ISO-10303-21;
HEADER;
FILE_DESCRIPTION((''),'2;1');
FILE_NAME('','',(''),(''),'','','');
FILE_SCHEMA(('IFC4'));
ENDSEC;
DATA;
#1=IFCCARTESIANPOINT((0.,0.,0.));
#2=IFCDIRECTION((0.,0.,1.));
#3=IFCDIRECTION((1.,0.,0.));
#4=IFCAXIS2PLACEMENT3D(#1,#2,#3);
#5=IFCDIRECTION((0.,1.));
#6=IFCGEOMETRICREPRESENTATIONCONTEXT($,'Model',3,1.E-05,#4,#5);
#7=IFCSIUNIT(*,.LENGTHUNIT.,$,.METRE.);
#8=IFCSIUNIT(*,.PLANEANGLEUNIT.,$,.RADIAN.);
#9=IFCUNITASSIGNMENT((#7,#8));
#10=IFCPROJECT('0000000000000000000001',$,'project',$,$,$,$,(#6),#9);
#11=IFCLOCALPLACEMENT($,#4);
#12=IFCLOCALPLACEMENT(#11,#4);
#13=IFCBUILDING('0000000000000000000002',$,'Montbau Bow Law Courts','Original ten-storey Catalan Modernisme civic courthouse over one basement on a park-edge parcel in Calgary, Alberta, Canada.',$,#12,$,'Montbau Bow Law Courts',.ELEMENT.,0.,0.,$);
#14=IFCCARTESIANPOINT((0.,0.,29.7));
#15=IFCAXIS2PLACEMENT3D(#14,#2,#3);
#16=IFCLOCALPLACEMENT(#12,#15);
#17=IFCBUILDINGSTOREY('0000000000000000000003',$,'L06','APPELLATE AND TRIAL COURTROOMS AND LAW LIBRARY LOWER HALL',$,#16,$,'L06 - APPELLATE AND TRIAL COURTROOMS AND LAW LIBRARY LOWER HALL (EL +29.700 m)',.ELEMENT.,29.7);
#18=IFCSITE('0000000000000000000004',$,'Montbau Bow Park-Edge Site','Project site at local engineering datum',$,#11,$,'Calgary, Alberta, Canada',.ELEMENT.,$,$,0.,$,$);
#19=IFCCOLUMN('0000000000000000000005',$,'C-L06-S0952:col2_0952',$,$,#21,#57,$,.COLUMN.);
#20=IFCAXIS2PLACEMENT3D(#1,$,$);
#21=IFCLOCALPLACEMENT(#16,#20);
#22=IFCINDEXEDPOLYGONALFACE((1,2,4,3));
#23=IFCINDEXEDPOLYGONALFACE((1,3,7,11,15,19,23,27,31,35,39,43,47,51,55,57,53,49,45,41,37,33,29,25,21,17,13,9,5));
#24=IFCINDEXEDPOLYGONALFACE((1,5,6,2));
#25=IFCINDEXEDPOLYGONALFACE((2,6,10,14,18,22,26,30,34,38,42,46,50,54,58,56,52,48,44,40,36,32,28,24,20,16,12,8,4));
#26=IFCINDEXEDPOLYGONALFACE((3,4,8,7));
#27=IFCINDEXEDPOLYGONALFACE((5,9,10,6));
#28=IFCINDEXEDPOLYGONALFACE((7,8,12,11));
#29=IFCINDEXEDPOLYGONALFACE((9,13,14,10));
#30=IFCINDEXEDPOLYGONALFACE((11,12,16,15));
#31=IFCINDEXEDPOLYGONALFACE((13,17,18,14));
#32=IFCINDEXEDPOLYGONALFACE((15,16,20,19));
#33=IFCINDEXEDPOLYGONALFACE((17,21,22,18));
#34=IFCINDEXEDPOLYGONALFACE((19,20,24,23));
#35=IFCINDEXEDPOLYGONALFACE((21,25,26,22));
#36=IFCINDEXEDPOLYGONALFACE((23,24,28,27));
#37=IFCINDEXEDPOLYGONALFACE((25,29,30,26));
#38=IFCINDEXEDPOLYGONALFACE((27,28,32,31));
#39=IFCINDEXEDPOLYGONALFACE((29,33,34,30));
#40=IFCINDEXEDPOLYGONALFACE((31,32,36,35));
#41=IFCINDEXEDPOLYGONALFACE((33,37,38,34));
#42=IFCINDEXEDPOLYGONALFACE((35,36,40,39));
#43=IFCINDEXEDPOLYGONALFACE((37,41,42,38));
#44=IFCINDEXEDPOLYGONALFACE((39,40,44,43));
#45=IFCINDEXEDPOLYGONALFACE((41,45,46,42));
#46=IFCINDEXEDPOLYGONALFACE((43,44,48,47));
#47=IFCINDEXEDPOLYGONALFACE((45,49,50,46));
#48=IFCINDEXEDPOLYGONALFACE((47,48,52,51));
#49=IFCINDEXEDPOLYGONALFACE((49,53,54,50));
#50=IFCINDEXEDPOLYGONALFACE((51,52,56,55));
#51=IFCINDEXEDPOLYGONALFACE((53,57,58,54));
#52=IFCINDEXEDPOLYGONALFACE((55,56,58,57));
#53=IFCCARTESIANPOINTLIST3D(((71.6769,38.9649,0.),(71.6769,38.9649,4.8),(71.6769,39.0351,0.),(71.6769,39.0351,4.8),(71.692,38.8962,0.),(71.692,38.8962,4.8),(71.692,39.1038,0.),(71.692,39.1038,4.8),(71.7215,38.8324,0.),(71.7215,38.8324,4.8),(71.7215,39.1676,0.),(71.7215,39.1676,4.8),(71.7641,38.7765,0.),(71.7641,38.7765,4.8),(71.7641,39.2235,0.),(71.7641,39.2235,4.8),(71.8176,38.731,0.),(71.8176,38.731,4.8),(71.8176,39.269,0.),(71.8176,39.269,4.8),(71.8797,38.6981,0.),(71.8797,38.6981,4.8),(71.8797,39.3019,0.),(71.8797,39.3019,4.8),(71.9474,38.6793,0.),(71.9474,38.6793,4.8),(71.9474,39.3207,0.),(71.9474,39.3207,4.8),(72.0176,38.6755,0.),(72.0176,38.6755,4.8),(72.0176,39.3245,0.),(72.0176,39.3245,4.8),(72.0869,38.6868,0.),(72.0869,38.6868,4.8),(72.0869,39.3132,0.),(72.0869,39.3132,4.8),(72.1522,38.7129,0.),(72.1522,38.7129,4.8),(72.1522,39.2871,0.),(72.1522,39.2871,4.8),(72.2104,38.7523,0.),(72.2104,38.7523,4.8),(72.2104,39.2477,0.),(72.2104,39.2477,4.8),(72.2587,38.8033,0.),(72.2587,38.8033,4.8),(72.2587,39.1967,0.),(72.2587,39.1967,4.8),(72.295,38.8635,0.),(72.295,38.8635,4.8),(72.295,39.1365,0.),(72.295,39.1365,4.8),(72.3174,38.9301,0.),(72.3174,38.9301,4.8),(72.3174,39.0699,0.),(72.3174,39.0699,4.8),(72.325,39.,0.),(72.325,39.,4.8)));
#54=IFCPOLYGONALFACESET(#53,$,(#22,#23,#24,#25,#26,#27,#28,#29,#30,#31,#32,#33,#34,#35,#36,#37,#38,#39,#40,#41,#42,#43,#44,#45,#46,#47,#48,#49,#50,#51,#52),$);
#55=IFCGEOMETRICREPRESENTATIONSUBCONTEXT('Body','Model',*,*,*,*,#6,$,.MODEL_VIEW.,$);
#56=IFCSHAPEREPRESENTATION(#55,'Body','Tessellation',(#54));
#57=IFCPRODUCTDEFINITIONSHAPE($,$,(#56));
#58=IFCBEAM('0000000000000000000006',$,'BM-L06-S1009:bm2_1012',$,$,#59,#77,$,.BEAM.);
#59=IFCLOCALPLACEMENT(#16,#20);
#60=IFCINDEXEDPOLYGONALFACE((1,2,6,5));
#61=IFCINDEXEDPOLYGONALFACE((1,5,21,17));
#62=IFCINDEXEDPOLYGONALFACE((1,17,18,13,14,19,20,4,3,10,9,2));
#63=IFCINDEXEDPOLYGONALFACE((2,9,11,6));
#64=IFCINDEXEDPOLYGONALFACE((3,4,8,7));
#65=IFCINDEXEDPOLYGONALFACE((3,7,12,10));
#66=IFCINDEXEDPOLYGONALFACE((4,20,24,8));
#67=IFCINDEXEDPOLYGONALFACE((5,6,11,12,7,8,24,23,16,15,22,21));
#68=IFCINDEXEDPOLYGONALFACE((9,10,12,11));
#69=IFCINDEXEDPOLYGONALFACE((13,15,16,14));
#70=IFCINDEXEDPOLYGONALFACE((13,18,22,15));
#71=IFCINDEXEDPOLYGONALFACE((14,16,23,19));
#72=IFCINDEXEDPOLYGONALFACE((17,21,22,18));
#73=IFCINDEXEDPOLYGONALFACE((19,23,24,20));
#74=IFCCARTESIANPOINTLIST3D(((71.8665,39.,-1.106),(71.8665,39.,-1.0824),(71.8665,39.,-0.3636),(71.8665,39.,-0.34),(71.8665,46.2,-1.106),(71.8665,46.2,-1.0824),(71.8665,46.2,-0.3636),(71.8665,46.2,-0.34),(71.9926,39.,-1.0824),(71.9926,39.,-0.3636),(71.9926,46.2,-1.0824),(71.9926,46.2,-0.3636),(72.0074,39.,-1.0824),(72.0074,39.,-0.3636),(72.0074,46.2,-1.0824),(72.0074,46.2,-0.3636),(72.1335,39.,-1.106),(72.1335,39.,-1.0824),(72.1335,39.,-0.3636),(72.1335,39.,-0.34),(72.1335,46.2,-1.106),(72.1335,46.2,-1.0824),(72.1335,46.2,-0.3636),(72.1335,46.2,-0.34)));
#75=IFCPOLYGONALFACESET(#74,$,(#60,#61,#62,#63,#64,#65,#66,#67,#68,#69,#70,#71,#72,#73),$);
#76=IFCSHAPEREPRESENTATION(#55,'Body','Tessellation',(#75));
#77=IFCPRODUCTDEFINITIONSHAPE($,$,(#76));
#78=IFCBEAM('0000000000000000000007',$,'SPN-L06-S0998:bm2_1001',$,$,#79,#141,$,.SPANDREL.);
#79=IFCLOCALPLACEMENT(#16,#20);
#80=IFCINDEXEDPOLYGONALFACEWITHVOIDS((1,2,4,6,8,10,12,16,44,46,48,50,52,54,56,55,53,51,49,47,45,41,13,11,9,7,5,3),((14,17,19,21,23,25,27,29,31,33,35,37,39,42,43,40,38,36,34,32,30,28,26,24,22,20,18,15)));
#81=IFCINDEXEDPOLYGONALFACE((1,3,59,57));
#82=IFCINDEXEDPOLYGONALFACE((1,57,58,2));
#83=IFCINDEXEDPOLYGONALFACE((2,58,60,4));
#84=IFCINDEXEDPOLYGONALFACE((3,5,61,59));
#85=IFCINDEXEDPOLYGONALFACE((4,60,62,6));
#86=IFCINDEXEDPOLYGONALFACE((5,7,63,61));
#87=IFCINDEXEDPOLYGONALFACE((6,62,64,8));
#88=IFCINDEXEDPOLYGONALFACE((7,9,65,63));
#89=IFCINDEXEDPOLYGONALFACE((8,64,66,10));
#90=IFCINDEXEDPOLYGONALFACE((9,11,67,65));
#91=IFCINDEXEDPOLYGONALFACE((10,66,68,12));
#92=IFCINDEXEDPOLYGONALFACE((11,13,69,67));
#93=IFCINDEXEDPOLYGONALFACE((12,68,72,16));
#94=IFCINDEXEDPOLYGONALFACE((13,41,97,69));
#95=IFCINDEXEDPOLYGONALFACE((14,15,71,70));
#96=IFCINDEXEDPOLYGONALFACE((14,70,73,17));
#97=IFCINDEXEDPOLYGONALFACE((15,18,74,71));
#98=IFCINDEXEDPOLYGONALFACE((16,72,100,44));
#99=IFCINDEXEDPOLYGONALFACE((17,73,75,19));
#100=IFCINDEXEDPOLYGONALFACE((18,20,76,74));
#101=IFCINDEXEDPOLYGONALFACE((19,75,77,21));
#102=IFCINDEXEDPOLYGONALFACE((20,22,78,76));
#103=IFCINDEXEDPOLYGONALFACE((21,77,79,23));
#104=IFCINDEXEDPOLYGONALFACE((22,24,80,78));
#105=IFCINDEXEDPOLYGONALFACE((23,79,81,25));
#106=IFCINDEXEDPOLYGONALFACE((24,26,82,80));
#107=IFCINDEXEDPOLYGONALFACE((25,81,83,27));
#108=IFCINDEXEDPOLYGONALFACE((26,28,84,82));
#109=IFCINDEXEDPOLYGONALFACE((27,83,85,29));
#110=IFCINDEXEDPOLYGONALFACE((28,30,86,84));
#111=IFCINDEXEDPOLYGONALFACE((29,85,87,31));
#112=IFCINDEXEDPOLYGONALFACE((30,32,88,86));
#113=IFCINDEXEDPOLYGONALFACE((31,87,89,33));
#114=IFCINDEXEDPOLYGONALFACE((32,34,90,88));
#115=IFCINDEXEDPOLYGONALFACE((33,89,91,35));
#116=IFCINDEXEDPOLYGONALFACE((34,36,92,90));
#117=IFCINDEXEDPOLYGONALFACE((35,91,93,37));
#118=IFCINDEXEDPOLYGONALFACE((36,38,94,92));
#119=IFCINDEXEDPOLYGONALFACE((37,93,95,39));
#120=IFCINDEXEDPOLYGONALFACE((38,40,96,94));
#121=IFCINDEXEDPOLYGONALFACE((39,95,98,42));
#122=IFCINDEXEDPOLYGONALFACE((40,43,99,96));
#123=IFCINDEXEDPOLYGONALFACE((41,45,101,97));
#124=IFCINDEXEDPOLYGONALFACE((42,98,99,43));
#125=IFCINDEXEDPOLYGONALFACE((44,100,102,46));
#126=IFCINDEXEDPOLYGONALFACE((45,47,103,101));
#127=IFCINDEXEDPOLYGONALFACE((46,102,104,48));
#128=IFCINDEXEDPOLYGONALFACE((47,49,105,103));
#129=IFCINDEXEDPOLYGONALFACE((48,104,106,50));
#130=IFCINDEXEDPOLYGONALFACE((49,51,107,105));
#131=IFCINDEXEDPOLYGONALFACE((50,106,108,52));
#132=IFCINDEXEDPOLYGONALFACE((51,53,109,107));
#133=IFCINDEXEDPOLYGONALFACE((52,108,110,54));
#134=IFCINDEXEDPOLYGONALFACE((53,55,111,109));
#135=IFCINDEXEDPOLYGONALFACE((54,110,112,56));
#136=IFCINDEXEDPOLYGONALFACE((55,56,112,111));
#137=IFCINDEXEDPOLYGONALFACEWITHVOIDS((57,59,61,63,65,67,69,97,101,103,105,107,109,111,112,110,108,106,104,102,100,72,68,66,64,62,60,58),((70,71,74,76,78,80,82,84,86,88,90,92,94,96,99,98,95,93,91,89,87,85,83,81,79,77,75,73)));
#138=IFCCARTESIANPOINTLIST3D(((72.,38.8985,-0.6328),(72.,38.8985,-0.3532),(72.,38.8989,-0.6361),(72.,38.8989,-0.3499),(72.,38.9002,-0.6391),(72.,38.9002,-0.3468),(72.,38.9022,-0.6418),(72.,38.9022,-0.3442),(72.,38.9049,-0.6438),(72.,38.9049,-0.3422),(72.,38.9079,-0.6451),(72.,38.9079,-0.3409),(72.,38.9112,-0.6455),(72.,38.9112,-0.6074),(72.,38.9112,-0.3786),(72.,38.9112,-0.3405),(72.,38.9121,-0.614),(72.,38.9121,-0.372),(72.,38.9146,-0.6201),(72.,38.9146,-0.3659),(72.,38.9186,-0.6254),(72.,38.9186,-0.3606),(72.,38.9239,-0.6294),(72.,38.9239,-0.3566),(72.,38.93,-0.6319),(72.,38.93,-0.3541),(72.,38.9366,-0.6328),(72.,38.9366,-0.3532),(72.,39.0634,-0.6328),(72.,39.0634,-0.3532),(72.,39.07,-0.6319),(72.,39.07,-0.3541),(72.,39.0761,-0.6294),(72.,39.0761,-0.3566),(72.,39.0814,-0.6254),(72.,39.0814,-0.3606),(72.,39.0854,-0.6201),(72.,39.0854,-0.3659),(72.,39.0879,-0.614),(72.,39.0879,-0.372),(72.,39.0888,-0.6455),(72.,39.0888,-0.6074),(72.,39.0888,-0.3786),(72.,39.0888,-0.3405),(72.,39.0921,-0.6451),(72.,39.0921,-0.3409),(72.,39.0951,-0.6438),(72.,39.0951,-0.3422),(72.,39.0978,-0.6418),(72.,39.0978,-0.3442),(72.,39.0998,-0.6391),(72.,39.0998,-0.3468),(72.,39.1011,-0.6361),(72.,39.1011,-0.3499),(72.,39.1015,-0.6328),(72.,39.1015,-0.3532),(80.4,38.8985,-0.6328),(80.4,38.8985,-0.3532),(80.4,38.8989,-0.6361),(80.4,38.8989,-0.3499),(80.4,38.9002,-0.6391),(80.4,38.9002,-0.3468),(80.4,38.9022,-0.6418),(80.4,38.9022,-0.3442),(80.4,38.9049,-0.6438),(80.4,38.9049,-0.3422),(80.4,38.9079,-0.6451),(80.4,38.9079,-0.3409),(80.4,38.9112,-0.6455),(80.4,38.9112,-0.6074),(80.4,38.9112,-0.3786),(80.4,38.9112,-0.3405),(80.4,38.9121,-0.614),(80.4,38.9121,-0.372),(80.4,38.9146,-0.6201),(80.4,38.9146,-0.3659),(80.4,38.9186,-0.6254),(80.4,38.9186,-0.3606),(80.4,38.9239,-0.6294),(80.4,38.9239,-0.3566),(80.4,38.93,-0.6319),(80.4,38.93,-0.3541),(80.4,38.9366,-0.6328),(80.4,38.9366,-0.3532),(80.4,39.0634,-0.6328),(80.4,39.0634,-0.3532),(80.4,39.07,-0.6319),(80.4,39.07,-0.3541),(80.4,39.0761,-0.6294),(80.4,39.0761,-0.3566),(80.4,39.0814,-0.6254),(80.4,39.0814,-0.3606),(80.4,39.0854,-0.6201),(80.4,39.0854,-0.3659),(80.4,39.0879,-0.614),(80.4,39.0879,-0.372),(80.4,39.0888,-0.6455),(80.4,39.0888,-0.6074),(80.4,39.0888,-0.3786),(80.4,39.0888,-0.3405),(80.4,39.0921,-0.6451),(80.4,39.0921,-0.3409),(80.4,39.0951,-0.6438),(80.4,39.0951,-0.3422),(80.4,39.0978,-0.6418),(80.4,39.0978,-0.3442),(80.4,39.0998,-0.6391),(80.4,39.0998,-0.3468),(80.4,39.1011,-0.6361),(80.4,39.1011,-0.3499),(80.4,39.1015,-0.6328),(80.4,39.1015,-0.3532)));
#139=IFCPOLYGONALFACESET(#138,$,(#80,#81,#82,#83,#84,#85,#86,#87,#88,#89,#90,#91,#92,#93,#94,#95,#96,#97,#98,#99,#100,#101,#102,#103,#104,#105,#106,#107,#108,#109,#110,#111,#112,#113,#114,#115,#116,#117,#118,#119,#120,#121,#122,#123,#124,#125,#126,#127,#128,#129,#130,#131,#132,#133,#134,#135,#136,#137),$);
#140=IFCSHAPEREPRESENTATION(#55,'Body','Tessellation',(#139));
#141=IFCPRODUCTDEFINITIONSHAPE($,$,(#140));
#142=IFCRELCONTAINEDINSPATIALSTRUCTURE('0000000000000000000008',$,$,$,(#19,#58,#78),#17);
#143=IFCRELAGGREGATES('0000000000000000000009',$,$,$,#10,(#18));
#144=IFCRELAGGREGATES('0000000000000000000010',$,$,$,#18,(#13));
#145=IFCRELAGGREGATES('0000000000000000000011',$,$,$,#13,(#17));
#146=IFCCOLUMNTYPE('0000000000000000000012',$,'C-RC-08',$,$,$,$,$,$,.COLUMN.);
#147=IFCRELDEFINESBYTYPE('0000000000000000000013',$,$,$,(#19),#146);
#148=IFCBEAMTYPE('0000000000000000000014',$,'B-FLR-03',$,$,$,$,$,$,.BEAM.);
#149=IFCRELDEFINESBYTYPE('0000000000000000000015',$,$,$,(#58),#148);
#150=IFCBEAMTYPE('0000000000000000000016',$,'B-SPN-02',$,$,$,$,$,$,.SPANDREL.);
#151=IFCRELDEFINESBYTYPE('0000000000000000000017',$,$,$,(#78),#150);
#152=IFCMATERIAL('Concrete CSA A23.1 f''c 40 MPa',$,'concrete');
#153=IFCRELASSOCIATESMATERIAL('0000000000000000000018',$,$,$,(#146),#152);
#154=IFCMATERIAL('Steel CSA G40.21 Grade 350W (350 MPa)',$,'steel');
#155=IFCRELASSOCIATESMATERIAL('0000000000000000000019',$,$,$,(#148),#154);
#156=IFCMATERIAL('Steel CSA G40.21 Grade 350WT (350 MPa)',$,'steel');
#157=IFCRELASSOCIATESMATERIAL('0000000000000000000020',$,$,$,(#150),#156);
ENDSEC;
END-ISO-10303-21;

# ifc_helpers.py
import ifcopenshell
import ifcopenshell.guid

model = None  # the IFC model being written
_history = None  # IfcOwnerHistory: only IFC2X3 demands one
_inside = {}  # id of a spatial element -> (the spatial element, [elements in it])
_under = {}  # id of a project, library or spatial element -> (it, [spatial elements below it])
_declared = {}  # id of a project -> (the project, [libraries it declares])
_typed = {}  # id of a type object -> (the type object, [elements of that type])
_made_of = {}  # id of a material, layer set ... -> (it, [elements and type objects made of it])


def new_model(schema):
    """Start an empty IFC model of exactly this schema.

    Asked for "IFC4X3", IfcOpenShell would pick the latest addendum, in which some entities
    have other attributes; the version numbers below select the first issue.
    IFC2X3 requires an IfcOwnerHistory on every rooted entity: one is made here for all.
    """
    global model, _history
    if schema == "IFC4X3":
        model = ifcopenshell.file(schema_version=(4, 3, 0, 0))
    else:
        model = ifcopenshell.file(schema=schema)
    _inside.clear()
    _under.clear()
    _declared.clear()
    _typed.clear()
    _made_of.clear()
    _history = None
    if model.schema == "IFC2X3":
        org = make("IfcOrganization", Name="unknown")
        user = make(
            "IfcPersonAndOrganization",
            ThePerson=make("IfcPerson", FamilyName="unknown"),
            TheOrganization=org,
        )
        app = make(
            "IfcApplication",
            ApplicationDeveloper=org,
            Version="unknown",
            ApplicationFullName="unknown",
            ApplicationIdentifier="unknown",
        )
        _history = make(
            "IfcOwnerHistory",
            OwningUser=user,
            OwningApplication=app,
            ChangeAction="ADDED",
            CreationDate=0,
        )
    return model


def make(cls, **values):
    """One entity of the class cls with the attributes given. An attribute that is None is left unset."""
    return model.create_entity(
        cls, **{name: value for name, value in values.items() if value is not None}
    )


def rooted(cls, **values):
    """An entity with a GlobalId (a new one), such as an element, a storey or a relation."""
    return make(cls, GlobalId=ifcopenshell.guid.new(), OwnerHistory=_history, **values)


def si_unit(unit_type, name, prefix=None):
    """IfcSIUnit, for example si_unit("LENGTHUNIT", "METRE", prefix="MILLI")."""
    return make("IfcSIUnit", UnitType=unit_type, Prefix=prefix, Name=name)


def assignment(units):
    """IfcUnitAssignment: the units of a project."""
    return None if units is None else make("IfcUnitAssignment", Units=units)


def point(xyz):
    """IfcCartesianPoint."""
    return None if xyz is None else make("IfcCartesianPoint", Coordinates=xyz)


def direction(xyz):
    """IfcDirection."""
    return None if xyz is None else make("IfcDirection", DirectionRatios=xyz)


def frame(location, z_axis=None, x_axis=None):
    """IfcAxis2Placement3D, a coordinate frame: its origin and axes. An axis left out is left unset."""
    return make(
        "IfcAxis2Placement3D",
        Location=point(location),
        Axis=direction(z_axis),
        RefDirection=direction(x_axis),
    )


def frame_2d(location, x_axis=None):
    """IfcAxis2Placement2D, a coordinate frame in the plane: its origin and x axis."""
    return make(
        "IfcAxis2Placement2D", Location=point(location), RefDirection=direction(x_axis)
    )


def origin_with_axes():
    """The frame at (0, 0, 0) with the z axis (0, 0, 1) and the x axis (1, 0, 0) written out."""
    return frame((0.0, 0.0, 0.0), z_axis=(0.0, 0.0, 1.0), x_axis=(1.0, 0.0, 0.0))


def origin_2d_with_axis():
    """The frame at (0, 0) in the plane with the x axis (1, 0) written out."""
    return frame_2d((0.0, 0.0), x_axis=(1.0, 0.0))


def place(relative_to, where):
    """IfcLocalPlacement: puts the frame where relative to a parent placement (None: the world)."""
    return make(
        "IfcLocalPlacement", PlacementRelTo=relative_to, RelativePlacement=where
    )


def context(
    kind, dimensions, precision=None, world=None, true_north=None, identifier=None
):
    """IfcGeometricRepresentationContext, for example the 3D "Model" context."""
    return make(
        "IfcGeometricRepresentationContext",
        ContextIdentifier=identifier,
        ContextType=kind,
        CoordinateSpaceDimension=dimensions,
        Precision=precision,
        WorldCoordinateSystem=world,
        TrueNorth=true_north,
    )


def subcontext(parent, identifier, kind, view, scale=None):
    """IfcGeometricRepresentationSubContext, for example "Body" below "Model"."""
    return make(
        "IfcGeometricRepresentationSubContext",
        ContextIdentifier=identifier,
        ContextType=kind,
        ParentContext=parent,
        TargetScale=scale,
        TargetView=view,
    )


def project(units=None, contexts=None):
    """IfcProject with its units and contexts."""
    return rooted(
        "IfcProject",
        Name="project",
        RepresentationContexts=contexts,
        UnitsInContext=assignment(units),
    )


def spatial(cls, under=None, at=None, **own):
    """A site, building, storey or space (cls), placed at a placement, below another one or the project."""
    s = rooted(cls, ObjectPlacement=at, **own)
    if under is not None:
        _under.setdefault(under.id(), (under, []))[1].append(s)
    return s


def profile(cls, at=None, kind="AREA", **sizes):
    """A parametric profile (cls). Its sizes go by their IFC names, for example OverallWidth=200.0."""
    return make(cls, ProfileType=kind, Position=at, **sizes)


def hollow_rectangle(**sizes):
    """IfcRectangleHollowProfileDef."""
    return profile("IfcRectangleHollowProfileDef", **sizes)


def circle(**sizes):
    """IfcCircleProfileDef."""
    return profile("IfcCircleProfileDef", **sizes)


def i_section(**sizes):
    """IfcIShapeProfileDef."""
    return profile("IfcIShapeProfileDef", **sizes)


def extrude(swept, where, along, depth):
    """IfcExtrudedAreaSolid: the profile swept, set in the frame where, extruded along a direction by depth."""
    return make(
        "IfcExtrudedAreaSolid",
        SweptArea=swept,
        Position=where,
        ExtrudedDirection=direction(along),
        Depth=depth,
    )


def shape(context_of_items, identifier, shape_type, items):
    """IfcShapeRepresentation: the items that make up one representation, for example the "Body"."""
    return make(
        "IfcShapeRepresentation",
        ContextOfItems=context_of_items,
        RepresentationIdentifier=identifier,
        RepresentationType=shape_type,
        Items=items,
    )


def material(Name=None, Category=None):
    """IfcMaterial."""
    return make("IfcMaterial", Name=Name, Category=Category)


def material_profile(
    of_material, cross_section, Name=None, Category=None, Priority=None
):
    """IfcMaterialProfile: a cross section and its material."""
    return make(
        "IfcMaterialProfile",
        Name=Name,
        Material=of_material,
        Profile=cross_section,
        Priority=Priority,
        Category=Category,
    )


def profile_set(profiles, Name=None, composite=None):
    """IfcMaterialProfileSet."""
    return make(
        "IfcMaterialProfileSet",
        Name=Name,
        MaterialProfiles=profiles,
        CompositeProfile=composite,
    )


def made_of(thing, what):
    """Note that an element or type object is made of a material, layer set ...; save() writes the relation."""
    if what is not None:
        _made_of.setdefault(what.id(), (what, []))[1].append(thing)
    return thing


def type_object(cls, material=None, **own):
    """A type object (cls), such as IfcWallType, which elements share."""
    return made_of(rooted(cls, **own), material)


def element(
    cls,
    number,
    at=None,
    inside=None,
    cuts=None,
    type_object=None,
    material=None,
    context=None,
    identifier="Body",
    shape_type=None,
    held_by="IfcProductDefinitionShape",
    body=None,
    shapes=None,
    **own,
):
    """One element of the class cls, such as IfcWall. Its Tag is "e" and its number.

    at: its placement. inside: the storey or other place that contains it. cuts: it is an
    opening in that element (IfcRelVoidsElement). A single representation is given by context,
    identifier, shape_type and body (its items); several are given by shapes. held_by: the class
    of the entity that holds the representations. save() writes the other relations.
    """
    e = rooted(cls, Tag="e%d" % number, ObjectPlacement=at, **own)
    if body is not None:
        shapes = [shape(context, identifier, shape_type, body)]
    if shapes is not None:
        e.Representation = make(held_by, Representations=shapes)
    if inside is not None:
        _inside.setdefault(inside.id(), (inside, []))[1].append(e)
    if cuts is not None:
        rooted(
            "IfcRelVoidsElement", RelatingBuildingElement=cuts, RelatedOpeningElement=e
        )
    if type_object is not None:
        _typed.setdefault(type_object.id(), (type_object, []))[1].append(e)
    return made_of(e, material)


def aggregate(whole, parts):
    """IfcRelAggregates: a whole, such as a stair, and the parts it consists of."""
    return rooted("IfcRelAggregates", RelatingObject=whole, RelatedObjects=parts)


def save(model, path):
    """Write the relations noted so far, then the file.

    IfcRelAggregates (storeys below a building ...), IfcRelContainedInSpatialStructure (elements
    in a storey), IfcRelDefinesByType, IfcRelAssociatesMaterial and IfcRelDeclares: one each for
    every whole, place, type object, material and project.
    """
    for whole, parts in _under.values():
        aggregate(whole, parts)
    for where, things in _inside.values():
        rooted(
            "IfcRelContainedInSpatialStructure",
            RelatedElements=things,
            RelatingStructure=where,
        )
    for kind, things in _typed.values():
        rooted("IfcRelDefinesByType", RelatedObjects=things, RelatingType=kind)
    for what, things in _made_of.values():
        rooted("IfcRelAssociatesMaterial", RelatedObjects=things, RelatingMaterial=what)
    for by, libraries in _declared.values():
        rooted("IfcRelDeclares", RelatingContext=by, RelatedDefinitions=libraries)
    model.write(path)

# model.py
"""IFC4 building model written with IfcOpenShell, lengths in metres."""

from ifc_helpers import new_model, si_unit, direction, frame, origin_with_axes, origin_2d_with_axis, place, context, subcontext, project, spatial, hollow_rectangle, circle, i_section, extrude, material, material_profile, profile_set, type_object, element, save


model = new_model("IFC4")

# Units and contexts
model_context = context("Model", 3, precision=1e-05, world=origin_with_axes(), true_north=direction((0.0, 1.0)))
body_context = subcontext(model_context, "Body", "Model", "MODEL_VIEW")
ifc_project = project(units=[si_unit("LENGTHUNIT", "METRE"), si_unit("PLANEANGLEUNIT", "RADIAN")], contexts=[model_context])

# Site, building, storey
site_placement = place(None, origin_with_axes())
site = spatial("IfcSite", under=ifc_project, at=site_placement, Name="Montbau Bow Park-Edge Site", Description="Project site at local engineering datum", LongName="Calgary, Alberta, Canada", CompositionType="ELEMENT", RefElevation=0.0)
building_placement = place(site_placement, origin_with_axes())
building = spatial("IfcBuilding", under=site, at=building_placement, Name="Montbau Bow Law Courts", Description="Original ten-storey Catalan Modernisme civic courthouse over one basement on a park-edge parcel in Calgary, Alberta, Canada.", LongName="Montbau Bow Law Courts", CompositionType="ELEMENT", ElevationOfRefHeight=0.0, ElevationOfTerrain=0.0)
storey_placement = place(building_placement, frame((0.0, 0.0, 29.7), z_axis=(0.0, 0.0, 1.0), x_axis=(1.0, 0.0, 0.0)))
storey = spatial("IfcBuildingStorey", under=building, at=storey_placement, Name="L06", Description="APPELLATE AND TRIAL COURTROOMS AND LAW LIBRARY LOWER HALL", LongName="L06 - APPELLATE AND TRIAL COURTROOMS AND LAW LIBRARY LOWER HALL (EL +29.700 m)", CompositionType="ELEMENT", Elevation=29.7)

# Column
ifc_material_1 = material(Name="Concrete CSA A23.1 f'c 40 MPa", Category="concrete")
ifc_material_profile_1 = material_profile(ifc_material_1, circle(Radius=0.325, at=origin_2d_with_axis()), Name="RC650D", Category="Main", Priority=0)
ifc_profile_set_1 = profile_set([ifc_material_profile_1], Name="Concrete CSA A23.1 f'c 40 MPa")
column_type = type_object("IfcColumnType", Name="C-RC-08", PredefinedType="COLUMN", material=ifc_profile_set_1)
column_placement = place(None, frame((72.0, 39.0, 29.7), z_axis=(0.0, 0.0, 1.0), x_axis=(1.0, 0.0, 0.0)))
element("IfcColumn", 1, at=column_placement, inside=storey, type_object=column_type, Name="C-L06-S0952:col2_0952", PredefinedType="COLUMN", context=body_context, shape_type="SweptSolid", body=[
    extrude(circle(Radius=0.325, at=origin_2d_with_axis()), origin_with_axes(), (0.0, 0.0, 1.0), 4.8),
])

# Beams
ifc_material_2 = material(Name="Steel CSA G40.21 Grade 350W (350 MPa)", Category="steel")
ifc_material_profile_2 = material_profile(ifc_material_2, i_section(OverallWidth=0.267, OverallDepth=0.766, WebThickness=0.0149, FlangeThickness=0.0236, at=origin_2d_with_axis()), Name="W760X185", Category="Main", Priority=0)
ifc_profile_set_2 = profile_set([ifc_material_profile_2], Name="Steel CSA G40.21 Grade 350W (350 MPa)")
beam_type_1 = type_object("IfcBeamType", Name="B-FLR-03", PredefinedType="BEAM", material=ifc_profile_set_2)
beam_1_placement = place(None, frame((72.0, 39.0, 28.977), z_axis=(0.0, 1.0, 0.0), x_axis=(-1.0, 0.0, 0.0)))
element("IfcBeam", 2, at=beam_1_placement, inside=storey, type_object=beam_type_1, Name="BM-L06-S1009:bm2_1012", PredefinedType="BEAM", context=body_context, shape_type="SweptSolid", body=[
    extrude(i_section(OverallWidth=0.267, OverallDepth=0.766, WebThickness=0.0149, FlangeThickness=0.0236, at=origin_2d_with_axis()), origin_with_axes(), (0.0, 0.0, 1.0), 7.2),
])
ifc_material_3 = material(Name="Steel CSA G40.21 Grade 350WT (350 MPa)", Category="steel")
ifc_material_profile_3 = material_profile(ifc_material_3, hollow_rectangle(XDim=0.203, YDim=0.305, WallThickness=0.0127, InnerFilletRadius=0.0254, OuterFilletRadius=0.0127, at=origin_2d_with_axis()), Name="HSS305X203X13", Category="Main", Priority=0)
ifc_profile_set_3 = profile_set([ifc_material_profile_3], Name="Steel CSA G40.21 Grade 350WT (350 MPa)")
beam_type_2 = type_object("IfcBeamType", Name="B-SPN-02", PredefinedType="SPANDREL", material=ifc_profile_set_3)
beam_2_placement = place(None, frame((72.0, 39.0, 29.207), z_axis=(1.0, 0.0, 0.0), x_axis=(0.0, 1.0, 0.0)))
element("IfcBeam", 3, at=beam_2_placement, inside=storey, type_object=beam_type_2, Name="SPN-L06-S0998:bm2_1001", PredefinedType="SPANDREL", context=body_context, shape_type="SweptSolid", body=[
    extrude(hollow_rectangle(XDim=0.203, YDim=0.305, WallThickness=0.0127, InnerFilletRadius=0.0254, OuterFilletRadius=0.0127, at=origin_2d_with_axis()), origin_with_axes(), (0.0, 0.0, 1.0), 8.4),
])

save(model, "model.ifc")
